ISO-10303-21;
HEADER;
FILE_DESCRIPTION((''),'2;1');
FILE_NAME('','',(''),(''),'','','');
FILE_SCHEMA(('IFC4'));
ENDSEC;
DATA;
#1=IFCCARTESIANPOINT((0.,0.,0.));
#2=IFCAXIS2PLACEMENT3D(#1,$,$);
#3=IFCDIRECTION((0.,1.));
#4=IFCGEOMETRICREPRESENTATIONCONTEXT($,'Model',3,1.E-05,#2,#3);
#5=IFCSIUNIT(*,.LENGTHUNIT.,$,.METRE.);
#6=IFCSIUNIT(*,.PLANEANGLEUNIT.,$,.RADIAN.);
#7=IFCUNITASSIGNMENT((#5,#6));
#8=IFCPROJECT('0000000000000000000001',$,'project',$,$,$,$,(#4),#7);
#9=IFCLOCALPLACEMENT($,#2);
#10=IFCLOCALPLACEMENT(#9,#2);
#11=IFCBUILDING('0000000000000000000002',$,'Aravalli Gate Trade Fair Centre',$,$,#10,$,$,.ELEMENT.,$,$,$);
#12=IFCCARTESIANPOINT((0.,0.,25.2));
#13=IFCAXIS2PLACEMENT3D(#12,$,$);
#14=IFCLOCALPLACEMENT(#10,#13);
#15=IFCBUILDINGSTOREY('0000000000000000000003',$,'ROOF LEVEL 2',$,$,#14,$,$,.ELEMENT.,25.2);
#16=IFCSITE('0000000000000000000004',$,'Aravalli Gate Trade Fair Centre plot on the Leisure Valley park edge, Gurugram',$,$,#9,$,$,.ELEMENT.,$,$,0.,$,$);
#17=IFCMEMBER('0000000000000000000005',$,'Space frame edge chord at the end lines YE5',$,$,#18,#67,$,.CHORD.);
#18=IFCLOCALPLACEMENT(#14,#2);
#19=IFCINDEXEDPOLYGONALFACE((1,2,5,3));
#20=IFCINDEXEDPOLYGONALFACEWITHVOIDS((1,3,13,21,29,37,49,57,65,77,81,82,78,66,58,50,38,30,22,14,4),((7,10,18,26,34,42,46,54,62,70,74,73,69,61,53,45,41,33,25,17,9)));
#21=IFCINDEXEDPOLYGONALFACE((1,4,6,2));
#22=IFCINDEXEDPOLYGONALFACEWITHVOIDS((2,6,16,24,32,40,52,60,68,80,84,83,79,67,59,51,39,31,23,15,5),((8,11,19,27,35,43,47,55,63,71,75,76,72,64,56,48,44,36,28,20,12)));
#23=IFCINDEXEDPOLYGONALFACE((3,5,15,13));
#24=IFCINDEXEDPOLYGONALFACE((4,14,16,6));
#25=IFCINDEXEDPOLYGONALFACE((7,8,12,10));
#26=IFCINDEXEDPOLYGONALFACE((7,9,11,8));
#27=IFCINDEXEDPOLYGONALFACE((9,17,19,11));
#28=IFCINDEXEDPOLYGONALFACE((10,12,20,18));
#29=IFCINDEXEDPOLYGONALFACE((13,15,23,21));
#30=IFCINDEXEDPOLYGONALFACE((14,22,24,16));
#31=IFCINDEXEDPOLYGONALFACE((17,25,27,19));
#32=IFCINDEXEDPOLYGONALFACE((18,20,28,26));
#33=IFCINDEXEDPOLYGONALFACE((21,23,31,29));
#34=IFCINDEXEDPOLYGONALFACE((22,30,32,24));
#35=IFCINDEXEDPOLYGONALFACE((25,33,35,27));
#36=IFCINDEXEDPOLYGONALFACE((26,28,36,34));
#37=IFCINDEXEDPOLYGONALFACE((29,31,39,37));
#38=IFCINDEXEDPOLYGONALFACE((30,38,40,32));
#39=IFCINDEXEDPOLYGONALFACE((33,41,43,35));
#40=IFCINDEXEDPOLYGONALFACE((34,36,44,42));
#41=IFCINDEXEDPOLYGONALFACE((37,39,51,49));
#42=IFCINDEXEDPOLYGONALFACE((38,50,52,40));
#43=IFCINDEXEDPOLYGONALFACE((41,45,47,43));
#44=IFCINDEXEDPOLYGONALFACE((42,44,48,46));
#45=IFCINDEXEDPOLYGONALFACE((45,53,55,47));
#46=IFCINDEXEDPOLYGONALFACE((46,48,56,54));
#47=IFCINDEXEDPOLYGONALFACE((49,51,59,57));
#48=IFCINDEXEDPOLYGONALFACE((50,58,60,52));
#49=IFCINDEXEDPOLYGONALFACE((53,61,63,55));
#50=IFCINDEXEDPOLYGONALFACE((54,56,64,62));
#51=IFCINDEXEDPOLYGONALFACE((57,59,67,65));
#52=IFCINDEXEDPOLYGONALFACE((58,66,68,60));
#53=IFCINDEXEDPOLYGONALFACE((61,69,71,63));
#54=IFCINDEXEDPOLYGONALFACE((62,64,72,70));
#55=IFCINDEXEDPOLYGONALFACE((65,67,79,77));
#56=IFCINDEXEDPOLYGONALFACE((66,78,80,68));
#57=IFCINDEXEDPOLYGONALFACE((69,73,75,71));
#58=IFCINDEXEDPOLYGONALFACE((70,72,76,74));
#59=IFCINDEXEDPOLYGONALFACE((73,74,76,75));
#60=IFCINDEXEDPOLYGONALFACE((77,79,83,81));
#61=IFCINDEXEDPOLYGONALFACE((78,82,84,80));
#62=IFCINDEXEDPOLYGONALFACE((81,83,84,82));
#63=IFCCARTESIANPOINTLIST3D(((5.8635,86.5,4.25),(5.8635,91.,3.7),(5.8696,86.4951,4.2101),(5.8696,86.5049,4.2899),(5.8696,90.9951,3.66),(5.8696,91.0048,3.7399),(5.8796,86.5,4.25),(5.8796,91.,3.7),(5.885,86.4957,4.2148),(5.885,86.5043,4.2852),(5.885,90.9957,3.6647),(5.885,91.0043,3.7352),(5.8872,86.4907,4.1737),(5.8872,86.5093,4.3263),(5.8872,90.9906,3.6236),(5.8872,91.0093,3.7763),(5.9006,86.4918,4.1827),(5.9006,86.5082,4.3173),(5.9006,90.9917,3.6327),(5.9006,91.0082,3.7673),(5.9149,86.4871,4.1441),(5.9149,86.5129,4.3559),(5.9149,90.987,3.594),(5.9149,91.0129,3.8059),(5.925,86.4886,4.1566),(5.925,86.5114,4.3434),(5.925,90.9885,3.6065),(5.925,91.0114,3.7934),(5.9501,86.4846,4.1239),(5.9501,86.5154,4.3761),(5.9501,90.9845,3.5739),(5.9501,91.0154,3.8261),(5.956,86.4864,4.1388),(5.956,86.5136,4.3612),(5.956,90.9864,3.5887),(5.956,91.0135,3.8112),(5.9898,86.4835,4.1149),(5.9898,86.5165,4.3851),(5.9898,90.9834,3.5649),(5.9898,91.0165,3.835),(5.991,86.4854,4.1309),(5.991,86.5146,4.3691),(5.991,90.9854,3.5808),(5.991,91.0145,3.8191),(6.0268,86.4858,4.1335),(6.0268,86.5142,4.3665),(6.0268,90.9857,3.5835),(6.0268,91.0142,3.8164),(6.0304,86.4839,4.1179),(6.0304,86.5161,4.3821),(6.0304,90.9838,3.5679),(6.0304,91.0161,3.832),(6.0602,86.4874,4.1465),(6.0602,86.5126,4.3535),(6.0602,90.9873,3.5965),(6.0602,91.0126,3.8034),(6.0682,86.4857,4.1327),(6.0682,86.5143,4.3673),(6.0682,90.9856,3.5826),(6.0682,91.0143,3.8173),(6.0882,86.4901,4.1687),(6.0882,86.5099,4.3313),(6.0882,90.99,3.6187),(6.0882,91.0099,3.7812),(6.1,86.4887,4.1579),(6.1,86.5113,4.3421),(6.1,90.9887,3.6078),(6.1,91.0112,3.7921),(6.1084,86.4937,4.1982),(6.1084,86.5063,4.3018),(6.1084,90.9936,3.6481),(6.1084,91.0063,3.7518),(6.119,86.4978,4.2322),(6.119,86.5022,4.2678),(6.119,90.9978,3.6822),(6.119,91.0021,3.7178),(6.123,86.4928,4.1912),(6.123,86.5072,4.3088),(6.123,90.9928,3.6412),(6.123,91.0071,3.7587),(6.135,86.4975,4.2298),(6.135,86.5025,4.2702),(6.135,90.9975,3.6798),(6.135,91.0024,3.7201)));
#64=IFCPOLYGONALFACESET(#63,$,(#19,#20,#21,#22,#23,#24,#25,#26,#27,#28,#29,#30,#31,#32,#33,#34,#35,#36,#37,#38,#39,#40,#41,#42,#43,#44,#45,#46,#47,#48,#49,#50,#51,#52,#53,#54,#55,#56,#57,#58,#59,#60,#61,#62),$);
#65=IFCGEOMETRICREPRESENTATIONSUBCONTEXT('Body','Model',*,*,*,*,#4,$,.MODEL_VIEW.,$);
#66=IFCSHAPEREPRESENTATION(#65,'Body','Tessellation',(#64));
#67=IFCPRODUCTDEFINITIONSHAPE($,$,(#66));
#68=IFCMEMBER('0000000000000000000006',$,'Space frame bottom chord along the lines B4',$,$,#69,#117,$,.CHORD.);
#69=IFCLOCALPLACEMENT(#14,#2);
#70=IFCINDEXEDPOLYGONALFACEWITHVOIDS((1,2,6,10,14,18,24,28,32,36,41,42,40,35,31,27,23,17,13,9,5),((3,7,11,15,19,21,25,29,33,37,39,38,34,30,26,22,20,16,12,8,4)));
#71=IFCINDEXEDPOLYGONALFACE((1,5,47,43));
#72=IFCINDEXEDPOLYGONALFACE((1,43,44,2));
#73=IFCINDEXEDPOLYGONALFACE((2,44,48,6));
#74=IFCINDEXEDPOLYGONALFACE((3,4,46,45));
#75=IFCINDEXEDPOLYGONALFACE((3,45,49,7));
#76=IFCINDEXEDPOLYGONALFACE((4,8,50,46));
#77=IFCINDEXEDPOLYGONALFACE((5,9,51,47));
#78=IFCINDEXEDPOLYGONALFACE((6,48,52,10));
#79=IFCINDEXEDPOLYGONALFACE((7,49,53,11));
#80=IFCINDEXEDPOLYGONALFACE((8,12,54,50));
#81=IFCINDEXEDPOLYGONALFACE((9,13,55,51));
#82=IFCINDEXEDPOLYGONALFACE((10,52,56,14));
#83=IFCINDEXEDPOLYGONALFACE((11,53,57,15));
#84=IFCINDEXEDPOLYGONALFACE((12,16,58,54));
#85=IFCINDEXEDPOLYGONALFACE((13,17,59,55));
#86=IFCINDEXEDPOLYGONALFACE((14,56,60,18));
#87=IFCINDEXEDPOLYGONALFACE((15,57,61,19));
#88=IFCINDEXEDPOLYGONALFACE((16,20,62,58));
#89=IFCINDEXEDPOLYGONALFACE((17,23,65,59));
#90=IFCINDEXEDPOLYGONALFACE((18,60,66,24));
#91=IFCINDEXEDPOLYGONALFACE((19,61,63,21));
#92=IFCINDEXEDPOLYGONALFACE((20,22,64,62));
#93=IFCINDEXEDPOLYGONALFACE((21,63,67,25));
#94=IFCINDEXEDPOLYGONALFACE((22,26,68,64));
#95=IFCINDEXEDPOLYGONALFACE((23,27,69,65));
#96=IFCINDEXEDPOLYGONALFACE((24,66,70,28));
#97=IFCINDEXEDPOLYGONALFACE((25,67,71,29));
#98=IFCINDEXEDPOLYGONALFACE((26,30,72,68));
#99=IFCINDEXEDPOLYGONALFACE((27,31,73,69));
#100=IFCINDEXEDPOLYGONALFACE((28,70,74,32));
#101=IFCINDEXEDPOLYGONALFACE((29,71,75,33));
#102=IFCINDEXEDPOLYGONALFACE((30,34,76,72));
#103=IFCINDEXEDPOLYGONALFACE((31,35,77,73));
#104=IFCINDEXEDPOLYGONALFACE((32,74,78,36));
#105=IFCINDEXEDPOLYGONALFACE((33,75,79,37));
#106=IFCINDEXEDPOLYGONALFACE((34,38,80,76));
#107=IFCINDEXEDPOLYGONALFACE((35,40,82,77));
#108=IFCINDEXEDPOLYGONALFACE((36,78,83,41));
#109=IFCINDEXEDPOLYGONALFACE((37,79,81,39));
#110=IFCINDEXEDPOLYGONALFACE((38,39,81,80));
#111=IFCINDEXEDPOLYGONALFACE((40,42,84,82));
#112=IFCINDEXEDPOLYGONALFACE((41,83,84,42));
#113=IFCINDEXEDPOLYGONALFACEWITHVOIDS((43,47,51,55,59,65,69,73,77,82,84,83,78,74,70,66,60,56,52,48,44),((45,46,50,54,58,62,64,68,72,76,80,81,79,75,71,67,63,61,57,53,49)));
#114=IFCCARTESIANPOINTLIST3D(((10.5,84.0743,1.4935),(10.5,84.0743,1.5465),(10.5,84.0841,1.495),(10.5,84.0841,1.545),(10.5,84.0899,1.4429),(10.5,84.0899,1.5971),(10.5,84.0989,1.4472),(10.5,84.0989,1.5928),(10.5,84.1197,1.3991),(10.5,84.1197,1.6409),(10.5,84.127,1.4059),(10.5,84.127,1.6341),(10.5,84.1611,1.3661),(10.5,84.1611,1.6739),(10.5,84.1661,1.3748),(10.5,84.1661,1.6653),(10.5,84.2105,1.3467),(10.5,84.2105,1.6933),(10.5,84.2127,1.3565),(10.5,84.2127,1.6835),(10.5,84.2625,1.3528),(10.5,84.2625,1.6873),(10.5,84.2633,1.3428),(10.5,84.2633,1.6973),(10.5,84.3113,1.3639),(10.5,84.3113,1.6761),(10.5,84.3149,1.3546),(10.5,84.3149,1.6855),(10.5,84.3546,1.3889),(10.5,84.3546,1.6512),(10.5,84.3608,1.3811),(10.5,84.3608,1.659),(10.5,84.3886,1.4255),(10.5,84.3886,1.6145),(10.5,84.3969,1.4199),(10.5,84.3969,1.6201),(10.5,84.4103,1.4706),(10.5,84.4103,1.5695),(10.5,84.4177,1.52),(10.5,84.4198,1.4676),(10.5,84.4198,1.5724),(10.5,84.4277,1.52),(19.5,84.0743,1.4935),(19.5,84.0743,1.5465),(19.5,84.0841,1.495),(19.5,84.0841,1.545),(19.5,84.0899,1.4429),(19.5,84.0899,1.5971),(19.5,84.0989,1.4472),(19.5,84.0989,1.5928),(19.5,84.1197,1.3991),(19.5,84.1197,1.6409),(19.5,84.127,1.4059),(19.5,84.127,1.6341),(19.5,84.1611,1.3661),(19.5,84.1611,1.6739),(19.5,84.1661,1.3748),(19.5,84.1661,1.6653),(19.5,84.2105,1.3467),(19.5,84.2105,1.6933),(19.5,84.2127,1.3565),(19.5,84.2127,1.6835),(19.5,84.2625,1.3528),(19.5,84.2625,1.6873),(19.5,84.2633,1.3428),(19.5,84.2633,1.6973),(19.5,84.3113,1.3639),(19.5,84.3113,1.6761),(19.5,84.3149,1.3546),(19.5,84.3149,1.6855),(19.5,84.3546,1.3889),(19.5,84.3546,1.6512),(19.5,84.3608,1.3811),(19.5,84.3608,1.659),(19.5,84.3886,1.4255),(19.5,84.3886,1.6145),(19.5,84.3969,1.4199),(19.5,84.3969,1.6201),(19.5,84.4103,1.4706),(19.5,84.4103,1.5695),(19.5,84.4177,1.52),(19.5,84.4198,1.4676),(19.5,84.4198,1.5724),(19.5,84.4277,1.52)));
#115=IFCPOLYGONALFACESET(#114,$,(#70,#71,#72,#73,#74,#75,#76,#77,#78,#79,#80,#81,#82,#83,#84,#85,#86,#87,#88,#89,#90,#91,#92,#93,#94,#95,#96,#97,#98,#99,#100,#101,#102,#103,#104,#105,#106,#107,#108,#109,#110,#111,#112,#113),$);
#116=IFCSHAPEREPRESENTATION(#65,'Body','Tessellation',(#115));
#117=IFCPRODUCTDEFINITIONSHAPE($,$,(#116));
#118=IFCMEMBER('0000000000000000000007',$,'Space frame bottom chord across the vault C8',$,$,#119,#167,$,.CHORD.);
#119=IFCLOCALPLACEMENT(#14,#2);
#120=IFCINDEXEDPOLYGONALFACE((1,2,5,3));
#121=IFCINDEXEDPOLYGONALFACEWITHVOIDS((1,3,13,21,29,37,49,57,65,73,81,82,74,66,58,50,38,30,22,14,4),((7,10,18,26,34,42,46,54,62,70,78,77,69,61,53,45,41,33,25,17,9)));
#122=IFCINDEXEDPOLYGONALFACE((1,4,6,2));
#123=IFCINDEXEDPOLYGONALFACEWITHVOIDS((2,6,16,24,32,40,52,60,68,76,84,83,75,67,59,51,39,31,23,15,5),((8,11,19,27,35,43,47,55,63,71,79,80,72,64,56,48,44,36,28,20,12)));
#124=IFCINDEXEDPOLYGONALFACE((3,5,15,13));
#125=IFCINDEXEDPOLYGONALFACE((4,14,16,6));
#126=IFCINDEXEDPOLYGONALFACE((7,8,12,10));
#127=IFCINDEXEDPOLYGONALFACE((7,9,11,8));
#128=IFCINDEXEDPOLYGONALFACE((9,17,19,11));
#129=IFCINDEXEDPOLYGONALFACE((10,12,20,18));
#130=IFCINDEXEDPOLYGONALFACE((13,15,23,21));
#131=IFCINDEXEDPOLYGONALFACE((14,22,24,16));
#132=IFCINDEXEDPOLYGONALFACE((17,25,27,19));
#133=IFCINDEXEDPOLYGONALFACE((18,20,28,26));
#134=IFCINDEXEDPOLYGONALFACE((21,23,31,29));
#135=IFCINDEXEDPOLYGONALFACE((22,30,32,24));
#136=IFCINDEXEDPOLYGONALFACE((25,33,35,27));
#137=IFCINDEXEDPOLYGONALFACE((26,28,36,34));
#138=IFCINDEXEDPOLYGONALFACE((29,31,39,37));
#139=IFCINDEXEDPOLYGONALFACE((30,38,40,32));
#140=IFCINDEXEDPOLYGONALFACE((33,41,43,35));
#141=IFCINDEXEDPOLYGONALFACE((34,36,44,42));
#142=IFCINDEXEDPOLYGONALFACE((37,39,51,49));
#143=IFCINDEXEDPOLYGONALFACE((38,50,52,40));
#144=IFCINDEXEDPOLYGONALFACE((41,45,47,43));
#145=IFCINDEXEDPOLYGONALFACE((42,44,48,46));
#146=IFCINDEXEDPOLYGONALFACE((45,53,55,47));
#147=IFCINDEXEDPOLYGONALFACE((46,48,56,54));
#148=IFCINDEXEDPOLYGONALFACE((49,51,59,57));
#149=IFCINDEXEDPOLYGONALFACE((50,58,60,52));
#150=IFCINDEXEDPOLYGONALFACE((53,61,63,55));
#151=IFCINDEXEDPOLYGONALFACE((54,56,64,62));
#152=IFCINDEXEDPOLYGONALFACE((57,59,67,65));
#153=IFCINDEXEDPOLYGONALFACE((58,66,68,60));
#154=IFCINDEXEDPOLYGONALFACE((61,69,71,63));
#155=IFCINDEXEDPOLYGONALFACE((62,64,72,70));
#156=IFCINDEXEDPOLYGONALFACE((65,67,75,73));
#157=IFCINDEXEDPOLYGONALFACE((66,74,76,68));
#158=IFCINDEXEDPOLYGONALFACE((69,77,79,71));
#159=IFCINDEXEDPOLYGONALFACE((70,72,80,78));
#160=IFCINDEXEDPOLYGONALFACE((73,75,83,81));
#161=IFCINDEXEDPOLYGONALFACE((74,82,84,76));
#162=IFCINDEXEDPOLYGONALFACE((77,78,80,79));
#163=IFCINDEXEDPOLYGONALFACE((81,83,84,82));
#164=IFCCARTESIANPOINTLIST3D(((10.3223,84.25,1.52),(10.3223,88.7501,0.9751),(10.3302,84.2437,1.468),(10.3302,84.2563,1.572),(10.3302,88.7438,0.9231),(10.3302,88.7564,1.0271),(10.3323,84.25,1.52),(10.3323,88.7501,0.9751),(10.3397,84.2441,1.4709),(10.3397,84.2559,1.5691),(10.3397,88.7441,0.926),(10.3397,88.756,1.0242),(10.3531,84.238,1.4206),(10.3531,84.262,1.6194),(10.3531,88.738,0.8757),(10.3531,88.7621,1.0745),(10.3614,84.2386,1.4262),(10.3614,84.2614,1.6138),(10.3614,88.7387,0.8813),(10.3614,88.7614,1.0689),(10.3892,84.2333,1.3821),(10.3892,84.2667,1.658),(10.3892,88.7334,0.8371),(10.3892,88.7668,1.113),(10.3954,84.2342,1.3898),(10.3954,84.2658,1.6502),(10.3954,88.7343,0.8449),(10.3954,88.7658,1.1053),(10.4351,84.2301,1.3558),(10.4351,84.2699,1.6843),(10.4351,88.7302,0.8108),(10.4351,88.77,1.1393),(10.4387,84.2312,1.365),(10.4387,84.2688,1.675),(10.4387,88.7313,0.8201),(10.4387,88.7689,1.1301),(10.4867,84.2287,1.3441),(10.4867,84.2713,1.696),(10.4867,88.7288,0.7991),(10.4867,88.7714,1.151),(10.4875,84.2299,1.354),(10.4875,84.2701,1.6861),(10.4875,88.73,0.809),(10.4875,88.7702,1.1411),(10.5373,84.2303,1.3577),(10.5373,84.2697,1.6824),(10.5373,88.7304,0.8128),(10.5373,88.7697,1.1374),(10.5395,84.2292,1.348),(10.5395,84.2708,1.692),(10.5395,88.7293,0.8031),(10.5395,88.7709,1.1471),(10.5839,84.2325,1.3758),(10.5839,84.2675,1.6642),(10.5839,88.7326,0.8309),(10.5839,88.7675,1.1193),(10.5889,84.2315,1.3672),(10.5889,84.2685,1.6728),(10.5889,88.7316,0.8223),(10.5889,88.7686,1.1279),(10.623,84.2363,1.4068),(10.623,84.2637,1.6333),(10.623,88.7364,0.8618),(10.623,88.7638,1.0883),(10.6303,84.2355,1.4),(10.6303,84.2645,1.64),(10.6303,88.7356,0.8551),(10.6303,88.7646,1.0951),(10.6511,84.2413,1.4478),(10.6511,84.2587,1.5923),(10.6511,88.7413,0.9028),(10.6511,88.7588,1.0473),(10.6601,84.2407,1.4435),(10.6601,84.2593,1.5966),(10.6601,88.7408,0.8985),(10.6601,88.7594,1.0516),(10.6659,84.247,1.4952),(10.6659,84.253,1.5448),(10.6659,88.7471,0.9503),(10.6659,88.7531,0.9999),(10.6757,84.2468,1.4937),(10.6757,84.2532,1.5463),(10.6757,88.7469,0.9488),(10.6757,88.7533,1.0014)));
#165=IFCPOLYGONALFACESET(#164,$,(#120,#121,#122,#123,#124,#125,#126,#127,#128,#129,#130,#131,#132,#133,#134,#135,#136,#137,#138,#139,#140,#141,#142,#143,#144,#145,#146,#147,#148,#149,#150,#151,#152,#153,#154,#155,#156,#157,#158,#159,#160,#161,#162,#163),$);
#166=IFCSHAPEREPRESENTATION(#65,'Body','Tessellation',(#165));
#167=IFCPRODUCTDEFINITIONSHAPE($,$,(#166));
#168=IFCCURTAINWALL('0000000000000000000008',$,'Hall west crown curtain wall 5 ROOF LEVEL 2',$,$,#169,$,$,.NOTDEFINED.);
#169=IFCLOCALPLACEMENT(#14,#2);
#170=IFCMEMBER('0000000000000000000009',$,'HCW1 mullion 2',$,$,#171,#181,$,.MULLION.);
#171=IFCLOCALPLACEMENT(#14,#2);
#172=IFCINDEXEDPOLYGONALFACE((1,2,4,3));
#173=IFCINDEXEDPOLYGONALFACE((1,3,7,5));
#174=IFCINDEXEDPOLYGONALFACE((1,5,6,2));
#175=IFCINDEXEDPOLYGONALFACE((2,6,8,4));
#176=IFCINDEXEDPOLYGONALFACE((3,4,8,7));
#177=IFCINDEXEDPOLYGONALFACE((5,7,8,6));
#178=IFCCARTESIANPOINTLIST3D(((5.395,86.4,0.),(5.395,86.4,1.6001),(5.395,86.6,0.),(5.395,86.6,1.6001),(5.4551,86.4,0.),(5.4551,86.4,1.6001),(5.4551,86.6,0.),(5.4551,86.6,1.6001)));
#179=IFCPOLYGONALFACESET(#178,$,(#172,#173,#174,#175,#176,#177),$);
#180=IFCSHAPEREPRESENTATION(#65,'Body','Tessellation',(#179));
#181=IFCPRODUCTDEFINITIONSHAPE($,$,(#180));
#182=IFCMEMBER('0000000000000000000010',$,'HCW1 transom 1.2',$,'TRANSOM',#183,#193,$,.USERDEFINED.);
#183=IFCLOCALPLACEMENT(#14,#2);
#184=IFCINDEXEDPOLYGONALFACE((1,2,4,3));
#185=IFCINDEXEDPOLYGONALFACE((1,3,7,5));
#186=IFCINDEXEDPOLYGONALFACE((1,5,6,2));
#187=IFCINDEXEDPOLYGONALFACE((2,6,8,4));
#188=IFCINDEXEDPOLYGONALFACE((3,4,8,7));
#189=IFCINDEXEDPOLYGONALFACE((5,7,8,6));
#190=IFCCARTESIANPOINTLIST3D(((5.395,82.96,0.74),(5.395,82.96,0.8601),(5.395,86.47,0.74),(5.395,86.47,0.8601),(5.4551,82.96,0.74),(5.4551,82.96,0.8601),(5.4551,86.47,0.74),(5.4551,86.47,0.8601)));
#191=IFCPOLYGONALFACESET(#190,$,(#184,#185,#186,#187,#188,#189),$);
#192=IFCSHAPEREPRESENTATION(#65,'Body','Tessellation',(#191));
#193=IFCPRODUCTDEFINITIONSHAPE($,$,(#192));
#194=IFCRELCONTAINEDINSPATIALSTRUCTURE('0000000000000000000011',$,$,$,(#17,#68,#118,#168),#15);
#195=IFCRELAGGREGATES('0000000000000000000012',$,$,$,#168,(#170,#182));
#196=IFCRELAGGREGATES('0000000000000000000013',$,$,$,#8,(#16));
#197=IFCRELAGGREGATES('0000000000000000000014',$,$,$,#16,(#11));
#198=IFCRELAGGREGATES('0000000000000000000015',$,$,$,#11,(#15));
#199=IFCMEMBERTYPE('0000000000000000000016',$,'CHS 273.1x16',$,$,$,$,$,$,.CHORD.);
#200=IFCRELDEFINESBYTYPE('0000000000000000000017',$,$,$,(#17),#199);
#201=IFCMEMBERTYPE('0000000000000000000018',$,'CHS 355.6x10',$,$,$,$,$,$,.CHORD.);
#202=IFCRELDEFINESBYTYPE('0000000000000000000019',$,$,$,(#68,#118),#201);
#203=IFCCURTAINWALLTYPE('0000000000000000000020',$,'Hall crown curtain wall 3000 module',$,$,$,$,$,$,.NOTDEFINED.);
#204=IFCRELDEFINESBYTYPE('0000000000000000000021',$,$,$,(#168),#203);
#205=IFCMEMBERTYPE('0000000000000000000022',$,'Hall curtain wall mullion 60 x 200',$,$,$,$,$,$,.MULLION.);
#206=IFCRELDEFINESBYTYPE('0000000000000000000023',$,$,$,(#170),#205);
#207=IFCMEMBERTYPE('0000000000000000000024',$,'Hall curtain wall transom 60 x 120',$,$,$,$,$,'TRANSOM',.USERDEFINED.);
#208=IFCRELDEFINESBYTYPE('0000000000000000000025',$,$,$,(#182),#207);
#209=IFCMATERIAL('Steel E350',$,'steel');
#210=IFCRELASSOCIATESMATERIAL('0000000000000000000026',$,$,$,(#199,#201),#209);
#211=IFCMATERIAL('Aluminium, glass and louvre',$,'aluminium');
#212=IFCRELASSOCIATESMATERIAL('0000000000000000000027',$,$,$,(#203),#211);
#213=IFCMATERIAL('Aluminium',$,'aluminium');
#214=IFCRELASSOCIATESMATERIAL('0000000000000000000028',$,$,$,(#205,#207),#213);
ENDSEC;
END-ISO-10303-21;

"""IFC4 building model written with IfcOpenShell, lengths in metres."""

from ifc_helpers import new_model, si_unit, direction, frame, origin, origin_2d, place, context, subcontext, project, spatial, rectangle, hollow_circle, extrude, material, material_profile, profile_set, type_object, element, aggregate, save


model = new_model("IFC4")

# Units and contexts
model_context = context("Model", 3, precision=1e-05, world=origin(), true_north=direction((0.0, 1.0)))
body_context = subcontext(model_context, "Body", "Model", "MODEL_VIEW")
ifc_project = project(units=[si_unit("LENGTHUNIT", "METRE"), si_unit("PLANEANGLEUNIT", "RADIAN")], contexts=[model_context])

# Site, building, storey
site_placement = place(None, origin())
site = spatial("IfcSite", under=ifc_project, at=site_placement, Name="Aravalli Gate Trade Fair Centre plot on the Leisure Valley park edge, Gurugram", CompositionType="ELEMENT", RefElevation=0.0)
building_placement = place(site_placement, origin())
building = spatial("IfcBuilding", under=site, at=building_placement, Name="Aravalli Gate Trade Fair Centre", CompositionType="ELEMENT")
storey_placement = place(building_placement, frame((0.0, 0.0, 25.2)))
storey = spatial("IfcBuildingStorey", under=building, at=storey_placement, Name="ROOF LEVEL 2", CompositionType="ELEMENT", Elevation=25.2)

# Members
ifc_material_1 = material(Name="Steel E350", Category="steel")
ifc_material_profile_1 = material_profile(ifc_material_1, hollow_circle(Radius=0.1365, WallThickness=0.0161, at=origin_2d()), Name="CHS 273.1x16")
ifc_profile_set_1 = profile_set([ifc_material_profile_1], Name="Steel E350")
member_type_1 = type_object("IfcMemberType", Name="CHS 273.1x16", PredefinedType="CHORD", material=ifc_profile_set_1)
member_1_placement = place(storey_placement, frame((6.0, 86.5, 4.25), z_axis=(0.0, 0.992612, -0.12133), x_axis=(-1.0, 0.0, 0.0)))
element("IfcMember", 1, at=member_1_placement, inside=storey, type_object=member_type_1, Name="Space frame edge chord at the end lines YE5", PredefinedType="CHORD", context=body_context, shape_type="SweptSolid", body=[
    extrude(hollow_circle(Radius=0.1365, WallThickness=0.0161, at=origin_2d()), origin(), (0.0, 0.0, 1.0), 4.5334),
])
ifc_material_profile_2 = material_profile(ifc_material_1, hollow_circle(Radius=0.1777, WallThickness=0.01, at=origin_2d()), Name="CHS 355.6x10")
ifc_profile_set_2 = profile_set([ifc_material_profile_2], Name="Steel E350")
member_type_2 = type_object("IfcMemberType", Name="CHS 355.6x10", PredefinedType="CHORD", material=ifc_profile_set_2)
member_2_placement = place(storey_placement, frame((10.5, 84.25, 1.52), z_axis=(1.0, 0.0, 0.0), x_axis=(0.0, 1.0, 0.0)))
element("IfcMember", 2, at=member_2_placement, inside=storey, type_object=member_type_2, Name="Space frame bottom chord along the lines B4", PredefinedType="CHORD", context=body_context, shape_type="SweptSolid", body=[
    extrude(hollow_circle(Radius=0.1777, WallThickness=0.01, at=origin_2d()), origin(), (0.0, 0.0, 1.0), 9.0),
])
member_3_placement = place(storey_placement, frame((10.5, 84.25, 1.52), z_axis=(0.0, 0.992748, -0.120216), x_axis=(-1.0, 0.0, 0.0)))
element("IfcMember", 3, at=member_3_placement, inside=storey, type_object=member_type_2, Name="Space frame bottom chord across the vault C8", PredefinedType="CHORD", context=body_context, shape_type="SweptSolid", body=[
    extrude(hollow_circle(Radius=0.1777, WallThickness=0.01, at=origin_2d()), origin(), (0.0, 0.0, 1.0), 4.533),
])

# Curtain wall, members
ifc_material_2 = material(Name="Aluminium, glass and louvre", Category="aluminium")
curtain_wall_type = type_object("IfcCurtainWallType", Name="Hall crown curtain wall 3000 module", PredefinedType="NOTDEFINED", material=ifc_material_2)
curtain_wall_placement = place(storey_placement, origin())
curtain_wall = element("IfcCurtainWall", 4, at=curtain_wall_placement, inside=storey, type_object=curtain_wall_type, Name="Hall west crown curtain wall 5 ROOF LEVEL 2", PredefinedType="NOTDEFINED")
ifc_material_3 = material(Name="Aluminium", Category="aluminium")
ifc_material_profile_3 = material_profile(ifc_material_3, rectangle(XDim=0.0601, YDim=0.2, at=origin_2d()), Name="Hall curtain wall mullion 60 x 200")
ifc_profile_set_3 = profile_set([ifc_material_profile_3], Name="Aluminium")
member_type_3 = type_object("IfcMemberType", Name="Hall curtain wall mullion 60 x 200", PredefinedType="MULLION", material=ifc_profile_set_3)
member_4_placement = place(storey_placement, frame((5.425, 86.5, 0.0), z_axis=(0.0, 0.0, 1.0), x_axis=(-1.0, 0.0, 0.0)))
member_4 = element("IfcMember", 5, at=member_4_placement, type_object=member_type_3, Name="HCW1 mullion 2", PredefinedType="MULLION", context=body_context, shape_type="SweptSolid", body=[
    extrude(rectangle(XDim=0.0601, YDim=0.2, at=origin_2d()), origin(), (0.0, 0.0, 1.0), 1.6001),
])
ifc_material_profile_4 = material_profile(ifc_material_3, rectangle(XDim=0.0601, YDim=0.1201, at=origin_2d()), Name="Hall curtain wall transom 60 x 120")
ifc_profile_set_4 = profile_set([ifc_material_profile_4], Name="Aluminium")
member_type_4 = type_object("IfcMemberType", Name="Hall curtain wall transom 60 x 120", ElementType="TRANSOM", PredefinedType="USERDEFINED", material=ifc_profile_set_4)
member_5_placement = place(storey_placement, frame((5.425, 82.96, 0.8), z_axis=(0.0, 1.0, 0.0), x_axis=(-1.0, 0.0, 0.0)))
member_5 = element("IfcMember", 6, at=member_5_placement, type_object=member_type_4, Name="HCW1 transom 1.2", ObjectType="TRANSOM", PredefinedType="USERDEFINED", context=body_context, shape_type="SweptSolid", body=[
    extrude(rectangle(XDim=0.0601, YDim=0.1201, at=origin_2d()), origin(), (0.0, 0.0, 1.0), 3.51),
])
aggregate(curtain_wall, [member_4, member_5])

save(model, "model.ifc")
